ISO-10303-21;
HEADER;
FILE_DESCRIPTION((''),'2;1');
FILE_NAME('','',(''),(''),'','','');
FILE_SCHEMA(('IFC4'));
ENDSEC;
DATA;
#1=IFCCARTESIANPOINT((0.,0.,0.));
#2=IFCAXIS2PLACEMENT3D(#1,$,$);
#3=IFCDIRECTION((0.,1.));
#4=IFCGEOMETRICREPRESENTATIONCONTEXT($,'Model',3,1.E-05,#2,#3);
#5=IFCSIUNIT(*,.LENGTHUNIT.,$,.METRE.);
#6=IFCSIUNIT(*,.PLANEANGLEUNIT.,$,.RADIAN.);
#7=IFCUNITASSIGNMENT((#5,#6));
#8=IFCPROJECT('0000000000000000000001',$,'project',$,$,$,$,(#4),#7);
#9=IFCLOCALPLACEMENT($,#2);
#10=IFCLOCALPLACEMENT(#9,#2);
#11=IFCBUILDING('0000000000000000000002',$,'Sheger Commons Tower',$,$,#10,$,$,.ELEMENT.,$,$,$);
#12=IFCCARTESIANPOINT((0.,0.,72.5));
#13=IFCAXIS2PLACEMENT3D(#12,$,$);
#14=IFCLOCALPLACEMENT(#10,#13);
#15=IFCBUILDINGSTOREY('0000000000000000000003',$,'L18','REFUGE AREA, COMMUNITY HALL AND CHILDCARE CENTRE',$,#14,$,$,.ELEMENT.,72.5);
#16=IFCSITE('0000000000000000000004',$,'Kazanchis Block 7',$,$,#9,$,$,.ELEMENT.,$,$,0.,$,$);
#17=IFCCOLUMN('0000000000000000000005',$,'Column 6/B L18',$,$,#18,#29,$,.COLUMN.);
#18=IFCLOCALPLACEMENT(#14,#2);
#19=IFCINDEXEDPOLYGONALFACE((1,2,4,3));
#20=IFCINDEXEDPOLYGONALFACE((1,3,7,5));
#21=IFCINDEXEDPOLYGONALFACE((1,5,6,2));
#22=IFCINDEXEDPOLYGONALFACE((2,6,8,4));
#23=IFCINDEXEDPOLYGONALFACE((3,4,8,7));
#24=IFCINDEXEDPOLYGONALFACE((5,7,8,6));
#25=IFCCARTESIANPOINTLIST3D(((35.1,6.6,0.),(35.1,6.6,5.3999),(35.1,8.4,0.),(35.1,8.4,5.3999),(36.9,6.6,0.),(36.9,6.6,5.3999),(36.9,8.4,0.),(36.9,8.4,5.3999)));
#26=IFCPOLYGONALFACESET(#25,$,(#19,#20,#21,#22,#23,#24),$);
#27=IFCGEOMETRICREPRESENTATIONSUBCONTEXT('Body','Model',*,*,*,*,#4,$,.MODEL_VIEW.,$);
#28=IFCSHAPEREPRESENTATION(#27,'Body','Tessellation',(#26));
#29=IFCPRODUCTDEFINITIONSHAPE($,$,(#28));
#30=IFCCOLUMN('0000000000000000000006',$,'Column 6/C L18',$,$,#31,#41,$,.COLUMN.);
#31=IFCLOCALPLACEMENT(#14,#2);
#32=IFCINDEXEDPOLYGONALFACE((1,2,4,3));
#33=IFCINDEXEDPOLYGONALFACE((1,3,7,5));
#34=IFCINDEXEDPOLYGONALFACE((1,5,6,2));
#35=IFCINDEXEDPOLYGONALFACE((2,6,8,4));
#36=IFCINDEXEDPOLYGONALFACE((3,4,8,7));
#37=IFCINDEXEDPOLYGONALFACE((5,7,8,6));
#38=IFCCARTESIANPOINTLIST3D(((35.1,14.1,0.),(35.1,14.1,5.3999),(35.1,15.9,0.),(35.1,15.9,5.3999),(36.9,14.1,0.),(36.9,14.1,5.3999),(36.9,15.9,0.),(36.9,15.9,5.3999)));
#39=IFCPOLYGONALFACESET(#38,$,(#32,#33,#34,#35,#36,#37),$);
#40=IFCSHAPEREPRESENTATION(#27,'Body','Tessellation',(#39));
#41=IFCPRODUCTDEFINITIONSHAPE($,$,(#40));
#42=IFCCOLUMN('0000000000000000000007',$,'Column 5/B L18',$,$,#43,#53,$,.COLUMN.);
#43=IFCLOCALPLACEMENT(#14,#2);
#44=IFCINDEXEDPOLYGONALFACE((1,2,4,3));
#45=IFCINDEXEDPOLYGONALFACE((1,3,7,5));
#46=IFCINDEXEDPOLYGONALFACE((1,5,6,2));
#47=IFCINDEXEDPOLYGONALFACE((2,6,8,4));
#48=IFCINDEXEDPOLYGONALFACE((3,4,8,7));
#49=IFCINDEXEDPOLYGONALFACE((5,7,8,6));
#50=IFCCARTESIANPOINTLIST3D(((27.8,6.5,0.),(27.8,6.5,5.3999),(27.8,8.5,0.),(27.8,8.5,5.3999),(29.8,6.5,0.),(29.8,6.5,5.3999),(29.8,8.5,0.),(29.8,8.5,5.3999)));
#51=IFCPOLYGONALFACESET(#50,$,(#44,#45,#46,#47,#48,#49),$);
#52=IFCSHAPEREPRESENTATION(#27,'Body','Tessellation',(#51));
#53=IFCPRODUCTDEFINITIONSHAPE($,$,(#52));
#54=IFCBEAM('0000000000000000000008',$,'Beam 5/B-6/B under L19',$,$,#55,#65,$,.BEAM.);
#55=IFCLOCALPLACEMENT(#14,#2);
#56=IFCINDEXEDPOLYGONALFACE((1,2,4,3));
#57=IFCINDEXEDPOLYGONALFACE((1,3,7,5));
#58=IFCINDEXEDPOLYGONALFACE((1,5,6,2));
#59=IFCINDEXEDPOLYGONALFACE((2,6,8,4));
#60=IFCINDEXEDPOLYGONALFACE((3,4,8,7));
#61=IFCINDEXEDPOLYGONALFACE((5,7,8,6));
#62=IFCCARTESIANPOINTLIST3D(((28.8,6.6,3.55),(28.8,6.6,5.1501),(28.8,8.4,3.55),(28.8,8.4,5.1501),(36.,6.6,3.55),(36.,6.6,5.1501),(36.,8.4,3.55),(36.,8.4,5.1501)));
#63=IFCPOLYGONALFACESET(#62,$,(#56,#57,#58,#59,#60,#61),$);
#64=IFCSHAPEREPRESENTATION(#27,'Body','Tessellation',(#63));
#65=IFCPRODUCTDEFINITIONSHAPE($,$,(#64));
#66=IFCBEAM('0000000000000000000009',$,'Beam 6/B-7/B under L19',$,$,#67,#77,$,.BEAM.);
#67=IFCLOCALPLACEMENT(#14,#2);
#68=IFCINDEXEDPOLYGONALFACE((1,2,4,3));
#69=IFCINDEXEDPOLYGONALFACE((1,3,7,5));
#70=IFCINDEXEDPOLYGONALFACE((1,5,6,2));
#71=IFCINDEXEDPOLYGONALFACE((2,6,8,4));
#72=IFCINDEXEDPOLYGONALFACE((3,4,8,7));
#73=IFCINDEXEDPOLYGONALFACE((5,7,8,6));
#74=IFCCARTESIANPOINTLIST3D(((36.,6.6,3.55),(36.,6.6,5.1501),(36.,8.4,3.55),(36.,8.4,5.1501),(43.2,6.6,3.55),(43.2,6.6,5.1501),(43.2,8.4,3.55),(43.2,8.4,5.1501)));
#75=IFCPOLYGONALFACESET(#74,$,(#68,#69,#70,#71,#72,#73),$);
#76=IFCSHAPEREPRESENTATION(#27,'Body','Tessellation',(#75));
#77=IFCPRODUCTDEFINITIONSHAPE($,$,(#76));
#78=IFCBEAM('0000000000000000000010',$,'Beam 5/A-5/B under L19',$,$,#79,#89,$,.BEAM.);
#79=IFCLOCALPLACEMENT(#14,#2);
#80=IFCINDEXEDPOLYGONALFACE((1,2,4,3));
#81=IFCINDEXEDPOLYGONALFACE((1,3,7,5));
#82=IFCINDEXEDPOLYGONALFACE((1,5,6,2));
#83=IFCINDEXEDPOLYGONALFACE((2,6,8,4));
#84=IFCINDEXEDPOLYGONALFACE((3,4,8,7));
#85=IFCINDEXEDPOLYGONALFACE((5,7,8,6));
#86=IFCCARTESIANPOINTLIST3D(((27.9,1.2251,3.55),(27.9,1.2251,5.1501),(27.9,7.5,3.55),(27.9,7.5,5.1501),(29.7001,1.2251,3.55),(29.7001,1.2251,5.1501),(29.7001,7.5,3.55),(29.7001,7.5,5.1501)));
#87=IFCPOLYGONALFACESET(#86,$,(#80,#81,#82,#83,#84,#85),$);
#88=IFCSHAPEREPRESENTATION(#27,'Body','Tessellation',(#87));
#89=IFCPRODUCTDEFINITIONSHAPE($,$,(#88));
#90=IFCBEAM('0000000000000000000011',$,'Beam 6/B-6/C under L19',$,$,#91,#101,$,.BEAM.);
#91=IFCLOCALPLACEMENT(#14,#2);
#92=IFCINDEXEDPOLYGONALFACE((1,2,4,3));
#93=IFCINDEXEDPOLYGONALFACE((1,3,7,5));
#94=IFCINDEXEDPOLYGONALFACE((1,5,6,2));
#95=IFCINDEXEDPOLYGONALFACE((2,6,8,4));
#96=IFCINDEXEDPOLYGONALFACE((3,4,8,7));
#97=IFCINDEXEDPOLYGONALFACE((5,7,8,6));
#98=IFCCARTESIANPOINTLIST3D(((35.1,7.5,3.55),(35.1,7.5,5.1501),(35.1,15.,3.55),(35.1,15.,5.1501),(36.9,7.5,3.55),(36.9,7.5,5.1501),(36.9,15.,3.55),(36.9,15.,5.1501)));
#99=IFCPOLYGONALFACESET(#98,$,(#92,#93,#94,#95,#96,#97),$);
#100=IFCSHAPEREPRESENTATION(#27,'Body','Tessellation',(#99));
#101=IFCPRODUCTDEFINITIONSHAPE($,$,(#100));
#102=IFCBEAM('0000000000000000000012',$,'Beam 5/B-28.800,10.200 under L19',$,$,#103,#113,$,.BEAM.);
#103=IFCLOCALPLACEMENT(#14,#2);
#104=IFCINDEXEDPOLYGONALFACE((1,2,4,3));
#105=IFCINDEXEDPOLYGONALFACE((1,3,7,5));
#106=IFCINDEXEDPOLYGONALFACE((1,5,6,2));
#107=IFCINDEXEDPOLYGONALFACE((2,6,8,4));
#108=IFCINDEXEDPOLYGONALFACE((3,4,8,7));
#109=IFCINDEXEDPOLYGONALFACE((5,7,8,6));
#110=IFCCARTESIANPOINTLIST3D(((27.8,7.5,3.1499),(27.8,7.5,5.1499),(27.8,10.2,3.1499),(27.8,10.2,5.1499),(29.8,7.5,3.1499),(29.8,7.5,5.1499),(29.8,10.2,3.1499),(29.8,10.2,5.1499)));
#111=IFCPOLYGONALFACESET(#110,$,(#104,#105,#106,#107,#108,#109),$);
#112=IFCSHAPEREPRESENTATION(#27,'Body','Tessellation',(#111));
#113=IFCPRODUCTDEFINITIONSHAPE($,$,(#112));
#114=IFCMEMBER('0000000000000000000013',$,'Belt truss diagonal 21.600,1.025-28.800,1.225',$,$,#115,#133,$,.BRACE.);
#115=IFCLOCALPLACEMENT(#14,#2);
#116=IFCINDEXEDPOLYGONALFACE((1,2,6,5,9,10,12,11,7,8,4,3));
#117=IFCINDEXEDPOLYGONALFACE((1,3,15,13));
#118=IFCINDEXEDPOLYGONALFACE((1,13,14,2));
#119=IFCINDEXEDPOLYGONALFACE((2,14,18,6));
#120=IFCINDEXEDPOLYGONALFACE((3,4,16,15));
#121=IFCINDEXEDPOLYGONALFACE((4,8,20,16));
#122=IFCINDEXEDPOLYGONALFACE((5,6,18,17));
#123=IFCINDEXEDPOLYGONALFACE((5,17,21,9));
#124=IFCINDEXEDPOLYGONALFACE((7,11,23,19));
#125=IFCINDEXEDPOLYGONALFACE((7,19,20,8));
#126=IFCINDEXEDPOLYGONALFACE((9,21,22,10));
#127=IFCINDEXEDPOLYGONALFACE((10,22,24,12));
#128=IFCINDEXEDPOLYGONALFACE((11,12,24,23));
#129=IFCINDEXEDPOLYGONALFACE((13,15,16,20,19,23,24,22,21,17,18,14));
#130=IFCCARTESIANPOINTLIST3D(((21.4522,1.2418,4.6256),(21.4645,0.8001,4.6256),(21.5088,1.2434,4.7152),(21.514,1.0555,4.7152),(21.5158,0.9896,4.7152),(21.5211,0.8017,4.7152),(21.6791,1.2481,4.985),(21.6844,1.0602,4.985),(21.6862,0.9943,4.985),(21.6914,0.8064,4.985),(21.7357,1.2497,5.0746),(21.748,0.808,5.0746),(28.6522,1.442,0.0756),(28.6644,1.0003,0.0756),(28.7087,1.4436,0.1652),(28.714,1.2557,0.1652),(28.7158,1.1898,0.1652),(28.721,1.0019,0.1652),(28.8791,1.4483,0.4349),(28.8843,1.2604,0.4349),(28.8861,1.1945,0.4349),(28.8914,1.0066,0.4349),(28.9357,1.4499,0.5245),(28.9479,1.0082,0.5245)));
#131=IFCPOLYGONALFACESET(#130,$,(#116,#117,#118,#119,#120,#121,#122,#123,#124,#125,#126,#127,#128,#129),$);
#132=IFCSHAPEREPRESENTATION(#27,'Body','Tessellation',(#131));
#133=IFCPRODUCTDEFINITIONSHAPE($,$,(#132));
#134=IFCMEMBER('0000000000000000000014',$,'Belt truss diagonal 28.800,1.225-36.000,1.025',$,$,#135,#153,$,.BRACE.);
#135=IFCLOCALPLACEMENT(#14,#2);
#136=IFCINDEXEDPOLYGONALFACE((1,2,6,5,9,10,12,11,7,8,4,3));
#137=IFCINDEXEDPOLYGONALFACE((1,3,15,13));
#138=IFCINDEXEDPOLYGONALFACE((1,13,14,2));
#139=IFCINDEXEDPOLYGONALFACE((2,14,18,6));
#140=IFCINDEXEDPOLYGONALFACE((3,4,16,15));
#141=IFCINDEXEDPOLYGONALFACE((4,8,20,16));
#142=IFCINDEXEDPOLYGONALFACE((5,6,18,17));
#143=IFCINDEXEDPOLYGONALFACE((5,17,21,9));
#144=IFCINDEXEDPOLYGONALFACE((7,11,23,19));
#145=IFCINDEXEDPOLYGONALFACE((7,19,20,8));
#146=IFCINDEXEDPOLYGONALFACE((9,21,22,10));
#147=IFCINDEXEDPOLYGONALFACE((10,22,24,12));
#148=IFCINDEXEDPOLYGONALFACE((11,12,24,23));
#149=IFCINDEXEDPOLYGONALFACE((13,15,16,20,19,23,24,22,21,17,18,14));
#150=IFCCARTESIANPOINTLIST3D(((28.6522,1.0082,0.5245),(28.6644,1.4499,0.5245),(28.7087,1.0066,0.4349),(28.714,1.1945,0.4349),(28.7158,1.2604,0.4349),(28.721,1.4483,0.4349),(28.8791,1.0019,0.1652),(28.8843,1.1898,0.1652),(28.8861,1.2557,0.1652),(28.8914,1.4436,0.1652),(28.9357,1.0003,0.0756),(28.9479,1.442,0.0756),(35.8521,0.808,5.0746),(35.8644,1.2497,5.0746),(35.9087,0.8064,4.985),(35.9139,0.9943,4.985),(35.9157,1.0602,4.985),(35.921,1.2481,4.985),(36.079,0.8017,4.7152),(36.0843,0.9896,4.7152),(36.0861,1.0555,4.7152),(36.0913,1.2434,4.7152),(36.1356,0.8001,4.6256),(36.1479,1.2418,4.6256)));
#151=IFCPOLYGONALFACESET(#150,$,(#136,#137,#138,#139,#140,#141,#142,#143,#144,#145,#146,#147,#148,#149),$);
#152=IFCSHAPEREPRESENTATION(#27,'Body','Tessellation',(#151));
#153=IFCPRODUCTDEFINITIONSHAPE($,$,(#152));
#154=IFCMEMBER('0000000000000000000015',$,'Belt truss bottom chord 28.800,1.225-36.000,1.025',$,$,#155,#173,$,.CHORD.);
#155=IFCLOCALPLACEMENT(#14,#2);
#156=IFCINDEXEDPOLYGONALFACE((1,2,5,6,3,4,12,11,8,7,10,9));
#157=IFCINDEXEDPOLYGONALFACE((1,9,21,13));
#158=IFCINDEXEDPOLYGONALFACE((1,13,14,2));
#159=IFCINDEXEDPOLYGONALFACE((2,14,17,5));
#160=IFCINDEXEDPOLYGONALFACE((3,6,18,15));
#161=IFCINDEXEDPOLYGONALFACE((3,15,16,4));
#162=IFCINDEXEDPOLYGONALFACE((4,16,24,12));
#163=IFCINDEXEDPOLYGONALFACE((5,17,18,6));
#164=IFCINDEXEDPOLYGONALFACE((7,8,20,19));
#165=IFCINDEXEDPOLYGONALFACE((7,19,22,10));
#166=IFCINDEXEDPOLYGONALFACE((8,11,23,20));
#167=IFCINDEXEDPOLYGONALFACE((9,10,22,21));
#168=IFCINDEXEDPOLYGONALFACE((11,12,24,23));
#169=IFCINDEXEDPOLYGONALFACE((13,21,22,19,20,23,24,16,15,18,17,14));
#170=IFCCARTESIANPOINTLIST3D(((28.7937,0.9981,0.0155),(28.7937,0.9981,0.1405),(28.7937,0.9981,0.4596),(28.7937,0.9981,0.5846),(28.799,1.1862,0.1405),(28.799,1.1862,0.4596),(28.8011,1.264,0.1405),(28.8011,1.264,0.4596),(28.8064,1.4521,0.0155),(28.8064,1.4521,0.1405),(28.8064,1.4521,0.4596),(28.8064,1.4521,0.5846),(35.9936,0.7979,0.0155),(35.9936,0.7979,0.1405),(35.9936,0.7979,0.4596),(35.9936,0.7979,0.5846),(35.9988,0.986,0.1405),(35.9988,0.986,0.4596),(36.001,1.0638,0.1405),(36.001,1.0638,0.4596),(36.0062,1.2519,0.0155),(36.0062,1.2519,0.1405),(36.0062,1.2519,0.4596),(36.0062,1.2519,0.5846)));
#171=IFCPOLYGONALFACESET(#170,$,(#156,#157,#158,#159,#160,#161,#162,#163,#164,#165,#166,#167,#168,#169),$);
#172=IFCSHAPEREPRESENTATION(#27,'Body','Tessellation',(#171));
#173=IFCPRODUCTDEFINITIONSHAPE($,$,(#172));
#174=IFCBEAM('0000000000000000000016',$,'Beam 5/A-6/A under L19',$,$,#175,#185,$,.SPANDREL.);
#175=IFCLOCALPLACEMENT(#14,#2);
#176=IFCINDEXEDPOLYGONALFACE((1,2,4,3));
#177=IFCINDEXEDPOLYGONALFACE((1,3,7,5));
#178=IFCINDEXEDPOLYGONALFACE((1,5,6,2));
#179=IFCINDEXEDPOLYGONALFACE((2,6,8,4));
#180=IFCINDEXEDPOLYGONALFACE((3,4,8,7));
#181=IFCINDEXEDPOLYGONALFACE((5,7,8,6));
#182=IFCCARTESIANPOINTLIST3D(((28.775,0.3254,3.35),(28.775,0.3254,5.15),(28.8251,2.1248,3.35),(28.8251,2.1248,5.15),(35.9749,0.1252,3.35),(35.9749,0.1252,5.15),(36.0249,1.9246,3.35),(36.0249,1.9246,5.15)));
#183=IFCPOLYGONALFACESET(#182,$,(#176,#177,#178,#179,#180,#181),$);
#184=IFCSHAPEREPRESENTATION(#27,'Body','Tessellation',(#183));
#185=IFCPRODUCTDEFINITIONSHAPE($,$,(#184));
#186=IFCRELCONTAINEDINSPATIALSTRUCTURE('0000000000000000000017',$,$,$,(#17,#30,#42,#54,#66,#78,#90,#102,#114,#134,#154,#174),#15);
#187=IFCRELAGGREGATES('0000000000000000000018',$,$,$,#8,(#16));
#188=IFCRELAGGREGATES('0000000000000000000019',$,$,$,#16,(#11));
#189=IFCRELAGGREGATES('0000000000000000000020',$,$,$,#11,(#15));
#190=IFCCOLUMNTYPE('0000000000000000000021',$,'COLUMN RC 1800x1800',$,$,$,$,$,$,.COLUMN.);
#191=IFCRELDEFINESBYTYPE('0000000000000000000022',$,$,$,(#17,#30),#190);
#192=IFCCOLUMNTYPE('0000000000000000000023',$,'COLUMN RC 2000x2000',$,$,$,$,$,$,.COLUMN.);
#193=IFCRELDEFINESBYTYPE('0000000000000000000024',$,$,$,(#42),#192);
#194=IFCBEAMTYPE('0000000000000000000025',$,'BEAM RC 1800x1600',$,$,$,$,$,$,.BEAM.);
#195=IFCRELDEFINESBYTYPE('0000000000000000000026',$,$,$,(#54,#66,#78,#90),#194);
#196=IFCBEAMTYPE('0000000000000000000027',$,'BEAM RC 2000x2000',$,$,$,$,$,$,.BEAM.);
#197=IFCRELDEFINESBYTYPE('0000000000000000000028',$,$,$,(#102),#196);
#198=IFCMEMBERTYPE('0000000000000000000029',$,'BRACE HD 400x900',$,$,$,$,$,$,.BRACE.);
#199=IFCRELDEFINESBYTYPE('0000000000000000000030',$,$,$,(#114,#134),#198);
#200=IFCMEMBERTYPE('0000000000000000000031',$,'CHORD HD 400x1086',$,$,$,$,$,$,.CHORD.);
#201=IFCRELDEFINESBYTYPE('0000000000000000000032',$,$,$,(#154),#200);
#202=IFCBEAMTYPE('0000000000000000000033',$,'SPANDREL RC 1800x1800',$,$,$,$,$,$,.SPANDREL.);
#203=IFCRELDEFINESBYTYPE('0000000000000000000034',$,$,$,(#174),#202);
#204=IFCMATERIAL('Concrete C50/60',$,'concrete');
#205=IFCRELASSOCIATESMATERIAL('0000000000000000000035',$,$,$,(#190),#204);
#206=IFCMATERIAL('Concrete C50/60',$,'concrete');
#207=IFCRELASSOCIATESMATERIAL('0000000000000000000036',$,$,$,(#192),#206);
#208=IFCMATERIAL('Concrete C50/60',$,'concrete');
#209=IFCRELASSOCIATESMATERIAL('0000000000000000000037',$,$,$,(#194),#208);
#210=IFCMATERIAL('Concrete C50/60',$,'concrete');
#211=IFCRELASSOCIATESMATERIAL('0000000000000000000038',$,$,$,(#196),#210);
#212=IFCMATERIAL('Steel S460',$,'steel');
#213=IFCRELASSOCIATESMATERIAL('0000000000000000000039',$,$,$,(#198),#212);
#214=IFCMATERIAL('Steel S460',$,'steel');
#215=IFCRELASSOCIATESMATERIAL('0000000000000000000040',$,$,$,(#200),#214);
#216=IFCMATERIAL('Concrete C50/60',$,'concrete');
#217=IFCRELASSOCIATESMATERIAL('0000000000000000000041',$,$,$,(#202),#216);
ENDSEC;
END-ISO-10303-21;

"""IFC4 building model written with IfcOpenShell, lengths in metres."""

from ifc_helpers import new_model, si_unit, direction, frame, origin, origin_2d, place, context, subcontext, project, spatial, rectangle, i_section, extrude, material, material_profile, profile_set, type_object, element, save


model = new_model("IFC4")

# Units and contexts
model_context = context("Model", 3, precision=1e-05, world=origin(), true_north=direction((0.0, 1.0)))
body_context = subcontext(model_context, "Body", "Model", "MODEL_VIEW")
ifc_project = project(units=[si_unit("LENGTHUNIT", "METRE"), si_unit("PLANEANGLEUNIT", "RADIAN")], contexts=[model_context])

# Site, building, storey
site_placement = place(None, origin())
site = spatial("IfcSite", under=ifc_project, at=site_placement, Name="Kazanchis Block 7", CompositionType="ELEMENT", RefElevation=0.0)
building_placement = place(site_placement, origin())
building = spatial("IfcBuilding", under=site, at=building_placement, Name="Sheger Commons Tower", CompositionType="ELEMENT")
storey_placement = place(building_placement, frame((0.0, 0.0, 72.5)))
storey = spatial("IfcBuildingStorey", under=building, at=storey_placement, Name="L18", Description="REFUGE AREA, COMMUNITY HALL AND CHILDCARE CENTRE", CompositionType="ELEMENT", Elevation=72.5)

# Columns
ifc_material_1 = material(Name="Concrete C50/60", Category="concrete")
ifc_material_profile_1 = material_profile(ifc_material_1, rectangle(XDim=1.8, YDim=1.8, at=origin_2d()), Name="RC 1800x1800")
ifc_profile_set_1 = profile_set([ifc_material_profile_1], Name="Concrete C50/60")
column_type_1 = type_object("IfcColumnType", Name="COLUMN RC 1800x1800", PredefinedType="COLUMN", material=ifc_profile_set_1)
for number, where, z_axis, x_axis, name in (
    (1, (36.0, 7.5, 0.0), (0.0, 0.0, 1.0), (1.0, 0.0, 0.0), "Column 6/B L18"),
    (2, (36.0, 15.0, 0.0), (0.0, 0.0, 1.0), (1.0, 0.0, 0.0), "Column 6/C L18"),
):
    element("IfcColumn", number, at=place(storey_placement, frame(where, z_axis=z_axis, x_axis=x_axis)), inside=storey, type_object=column_type_1, Name=name, PredefinedType="COLUMN", context=body_context, shape_type="SweptSolid", body=[
        extrude(rectangle(XDim=1.8, YDim=1.8, at=origin_2d()), origin(), (0.0, 0.0, 1.0), 5.3999),
    ])
ifc_material_2 = material(Name="Concrete C50/60", Category="concrete")
ifc_material_profile_2 = material_profile(ifc_material_2, rectangle(XDim=2.0, YDim=2.0, at=origin_2d()), Name="RC 2000x2000")
ifc_profile_set_2 = profile_set([ifc_material_profile_2], Name="Concrete C50/60")
column_type_2 = type_object("IfcColumnType", Name="COLUMN RC 2000x2000", PredefinedType="COLUMN", material=ifc_profile_set_2)
column_placement = place(storey_placement, frame((28.8, 7.5, 0.0), z_axis=(0.0, 0.0, 1.0), x_axis=(1.0, 0.0, 0.0)))
element("IfcColumn", 3, at=column_placement, inside=storey, type_object=column_type_2, Name="Column 5/B L18", PredefinedType="COLUMN", context=body_context, shape_type="SweptSolid", body=[
    extrude(rectangle(XDim=2.0, YDim=2.0, at=origin_2d()), origin(), (0.0, 0.0, 1.0), 5.3999),
])

# Beams
ifc_material_3 = material(Name="Concrete C50/60", Category="concrete")
ifc_material_profile_3 = material_profile(ifc_material_3, rectangle(XDim=1.8, YDim=1.6001, at=origin_2d()), Name="RC 1800x1600")
ifc_profile_set_3 = profile_set([ifc_material_profile_3], Name="Concrete C50/60")
beam_type_1 = type_object("IfcBeamType", Name="BEAM RC 1800x1600", PredefinedType="BEAM", material=ifc_profile_set_3)
for number, where, z_axis, x_axis, name in (
    (4, (28.8, 7.5, 4.3501), (1.0, 0.0, 0.0), (0.0, 1.0, 0.0), "Beam 5/B-6/B under L19"),
    (5, (36.0, 7.5, 4.3501), (1.0, 0.0, 0.0), (0.0, 1.0, 0.0), "Beam 6/B-7/B under L19"),
):
    element("IfcBeam", number, at=place(storey_placement, frame(where, z_axis=z_axis, x_axis=x_axis)), inside=storey, type_object=beam_type_1, Name=name, PredefinedType="BEAM", context=body_context, shape_type="SweptSolid", body=[
        extrude(rectangle(XDim=1.8, YDim=1.6001, at=origin_2d()), origin(), (0.0, 0.0, 1.0), 7.2),
    ])
beam_1_placement = place(storey_placement, frame((28.8, 1.2251, 4.3501), z_axis=(0.0, 1.0, 0.0), x_axis=(-1.0, 0.0, 0.0)))
element("IfcBeam", 6, at=beam_1_placement, inside=storey, type_object=beam_type_1, Name="Beam 5/A-5/B under L19", PredefinedType="BEAM", context=body_context, shape_type="SweptSolid", body=[
    extrude(rectangle(XDim=1.8, YDim=1.6001, at=origin_2d()), origin(), (0.0, 0.0, 1.0), 6.2749),
])
beam_2_placement = place(storey_placement, frame((36.0, 7.5, 4.3501), z_axis=(0.0, 1.0, 0.0), x_axis=(-1.0, 0.0, 0.0)))
element("IfcBeam", 7, at=beam_2_placement, inside=storey, type_object=beam_type_1, Name="Beam 6/B-6/C under L19", PredefinedType="BEAM", context=body_context, shape_type="SweptSolid", body=[
    extrude(rectangle(XDim=1.8, YDim=1.6001, at=origin_2d()), origin(), (0.0, 0.0, 1.0), 7.5),
])
ifc_material_4 = material(Name="Concrete C50/60", Category="concrete")
ifc_material_profile_4 = material_profile(ifc_material_4, rectangle(XDim=2.0, YDim=2.0, at=origin_2d()), Name="RC 2000x2000")
ifc_profile_set_4 = profile_set([ifc_material_profile_4], Name="Concrete C50/60")
beam_type_2 = type_object("IfcBeamType", Name="BEAM RC 2000x2000", PredefinedType="BEAM", material=ifc_profile_set_4)
beam_3_placement = place(storey_placement, frame((28.8, 7.5, 4.1499), z_axis=(0.0, 1.0, 0.0), x_axis=(-1.0, 0.0, 0.0)))
element("IfcBeam", 8, at=beam_3_placement, inside=storey, type_object=beam_type_2, Name="Beam 5/B-28.800,10.200 under L19", PredefinedType="BEAM", context=body_context, shape_type="SweptSolid", body=[
    extrude(rectangle(XDim=2.0, YDim=2.0, at=origin_2d()), origin(), (0.0, 0.0, 1.0), 2.7),
])

# Members
ifc_material_5 = material(Name="Steel S460", Category="steel")
ifc_material_profile_5 = material_profile(ifc_material_5, i_section(OverallWidth=0.4419, OverallDepth=0.531, WebThickness=0.0659, FlangeThickness=0.106, at=origin_2d()), Name="HD 400x900")
ifc_profile_set_5 = profile_set([ifc_material_profile_5], Name="Steel S460")
member_type_1 = type_object("IfcMemberType", Name="BRACE HD 400x900", PredefinedType="BRACE", material=ifc_profile_set_5)
for number, where, z_axis, x_axis, name in (
    (9, (28.8, 1.2251, 0.3), (-0.845112, -0.023498, 0.534073), (0.027794, -0.999614, 0.0), "Belt truss diagonal 21.600,1.025-28.800,1.225"),
    (10, (28.8, 1.2251, 0.3), (0.845112, -0.023498, 0.534073), (0.027794, 0.999614, 0.0), "Belt truss diagonal 28.800,1.225-36.000,1.025"),
):
    element("IfcMember", number, at=place(storey_placement, frame(where, z_axis=z_axis, x_axis=x_axis)), inside=storey, type_object=member_type_1, Name=name, PredefinedType="BRACE", context=body_context, shape_type="SweptSolid", body=[
        extrude(i_section(OverallWidth=0.4419, OverallDepth=0.531, WebThickness=0.0659, FlangeThickness=0.106, at=origin_2d()), origin(), (0.0, 0.0, 1.0), 8.5195),
    ])
ifc_material_6 = material(Name="Steel S460", Category="steel")
ifc_material_profile_6 = material_profile(ifc_material_6, i_section(OverallWidth=0.4541, OverallDepth=0.5691, WebThickness=0.0779, FlangeThickness=0.125, at=origin_2d()), Name="HD 400x1086")
ifc_profile_set_6 = profile_set([ifc_material_profile_6], Name="Steel S460")
member_type_2 = type_object("IfcMemberType", Name="CHORD HD 400x1086", PredefinedType="CHORD", material=ifc_profile_set_6)
member_placement = place(storey_placement, frame((28.8, 1.2251, 0.3), z_axis=(0.999614, -0.027794, 0.0), x_axis=(0.027794, 0.999614, 0.0)))
element("IfcMember", 11, at=member_placement, inside=storey, type_object=member_type_2, Name="Belt truss bottom chord 28.800,1.225-36.000,1.025", PredefinedType="CHORD", context=body_context, shape_type="SweptSolid", body=[
    extrude(i_section(OverallWidth=0.4541, OverallDepth=0.5691, WebThickness=0.0779, FlangeThickness=0.125, at=origin_2d()), origin(), (0.0, 0.0, 1.0), 7.2026),
])

# Beam
ifc_material_7 = material(Name="Concrete C50/60", Category="concrete")
ifc_material_profile_7 = material_profile(ifc_material_7, rectangle(XDim=1.8, YDim=1.8, at=origin_2d()), Name="RC 1800x1800")
ifc_profile_set_7 = profile_set([ifc_material_profile_7], Name="Concrete C50/60")
beam_type_3 = type_object("IfcBeamType", Name="SPANDREL RC 1800x1800", PredefinedType="SPANDREL", material=ifc_profile_set_7)
beam_4_placement = place(storey_placement, frame((28.8, 1.2251, 4.25), z_axis=(0.999614, -0.027794, 0.0), x_axis=(0.027794, 0.999614, 0.0)))
element("IfcBeam", 12, at=beam_4_placement, inside=storey, type_object=beam_type_3, Name="Beam 5/A-6/A under L19", PredefinedType="SPANDREL", context=body_context, shape_type="SweptSolid", body=[
    extrude(rectangle(XDim=1.8, YDim=1.8, at=origin_2d()), origin(), (0.0, 0.0, 1.0), 7.2026),
])

save(model, "model.ifc")
